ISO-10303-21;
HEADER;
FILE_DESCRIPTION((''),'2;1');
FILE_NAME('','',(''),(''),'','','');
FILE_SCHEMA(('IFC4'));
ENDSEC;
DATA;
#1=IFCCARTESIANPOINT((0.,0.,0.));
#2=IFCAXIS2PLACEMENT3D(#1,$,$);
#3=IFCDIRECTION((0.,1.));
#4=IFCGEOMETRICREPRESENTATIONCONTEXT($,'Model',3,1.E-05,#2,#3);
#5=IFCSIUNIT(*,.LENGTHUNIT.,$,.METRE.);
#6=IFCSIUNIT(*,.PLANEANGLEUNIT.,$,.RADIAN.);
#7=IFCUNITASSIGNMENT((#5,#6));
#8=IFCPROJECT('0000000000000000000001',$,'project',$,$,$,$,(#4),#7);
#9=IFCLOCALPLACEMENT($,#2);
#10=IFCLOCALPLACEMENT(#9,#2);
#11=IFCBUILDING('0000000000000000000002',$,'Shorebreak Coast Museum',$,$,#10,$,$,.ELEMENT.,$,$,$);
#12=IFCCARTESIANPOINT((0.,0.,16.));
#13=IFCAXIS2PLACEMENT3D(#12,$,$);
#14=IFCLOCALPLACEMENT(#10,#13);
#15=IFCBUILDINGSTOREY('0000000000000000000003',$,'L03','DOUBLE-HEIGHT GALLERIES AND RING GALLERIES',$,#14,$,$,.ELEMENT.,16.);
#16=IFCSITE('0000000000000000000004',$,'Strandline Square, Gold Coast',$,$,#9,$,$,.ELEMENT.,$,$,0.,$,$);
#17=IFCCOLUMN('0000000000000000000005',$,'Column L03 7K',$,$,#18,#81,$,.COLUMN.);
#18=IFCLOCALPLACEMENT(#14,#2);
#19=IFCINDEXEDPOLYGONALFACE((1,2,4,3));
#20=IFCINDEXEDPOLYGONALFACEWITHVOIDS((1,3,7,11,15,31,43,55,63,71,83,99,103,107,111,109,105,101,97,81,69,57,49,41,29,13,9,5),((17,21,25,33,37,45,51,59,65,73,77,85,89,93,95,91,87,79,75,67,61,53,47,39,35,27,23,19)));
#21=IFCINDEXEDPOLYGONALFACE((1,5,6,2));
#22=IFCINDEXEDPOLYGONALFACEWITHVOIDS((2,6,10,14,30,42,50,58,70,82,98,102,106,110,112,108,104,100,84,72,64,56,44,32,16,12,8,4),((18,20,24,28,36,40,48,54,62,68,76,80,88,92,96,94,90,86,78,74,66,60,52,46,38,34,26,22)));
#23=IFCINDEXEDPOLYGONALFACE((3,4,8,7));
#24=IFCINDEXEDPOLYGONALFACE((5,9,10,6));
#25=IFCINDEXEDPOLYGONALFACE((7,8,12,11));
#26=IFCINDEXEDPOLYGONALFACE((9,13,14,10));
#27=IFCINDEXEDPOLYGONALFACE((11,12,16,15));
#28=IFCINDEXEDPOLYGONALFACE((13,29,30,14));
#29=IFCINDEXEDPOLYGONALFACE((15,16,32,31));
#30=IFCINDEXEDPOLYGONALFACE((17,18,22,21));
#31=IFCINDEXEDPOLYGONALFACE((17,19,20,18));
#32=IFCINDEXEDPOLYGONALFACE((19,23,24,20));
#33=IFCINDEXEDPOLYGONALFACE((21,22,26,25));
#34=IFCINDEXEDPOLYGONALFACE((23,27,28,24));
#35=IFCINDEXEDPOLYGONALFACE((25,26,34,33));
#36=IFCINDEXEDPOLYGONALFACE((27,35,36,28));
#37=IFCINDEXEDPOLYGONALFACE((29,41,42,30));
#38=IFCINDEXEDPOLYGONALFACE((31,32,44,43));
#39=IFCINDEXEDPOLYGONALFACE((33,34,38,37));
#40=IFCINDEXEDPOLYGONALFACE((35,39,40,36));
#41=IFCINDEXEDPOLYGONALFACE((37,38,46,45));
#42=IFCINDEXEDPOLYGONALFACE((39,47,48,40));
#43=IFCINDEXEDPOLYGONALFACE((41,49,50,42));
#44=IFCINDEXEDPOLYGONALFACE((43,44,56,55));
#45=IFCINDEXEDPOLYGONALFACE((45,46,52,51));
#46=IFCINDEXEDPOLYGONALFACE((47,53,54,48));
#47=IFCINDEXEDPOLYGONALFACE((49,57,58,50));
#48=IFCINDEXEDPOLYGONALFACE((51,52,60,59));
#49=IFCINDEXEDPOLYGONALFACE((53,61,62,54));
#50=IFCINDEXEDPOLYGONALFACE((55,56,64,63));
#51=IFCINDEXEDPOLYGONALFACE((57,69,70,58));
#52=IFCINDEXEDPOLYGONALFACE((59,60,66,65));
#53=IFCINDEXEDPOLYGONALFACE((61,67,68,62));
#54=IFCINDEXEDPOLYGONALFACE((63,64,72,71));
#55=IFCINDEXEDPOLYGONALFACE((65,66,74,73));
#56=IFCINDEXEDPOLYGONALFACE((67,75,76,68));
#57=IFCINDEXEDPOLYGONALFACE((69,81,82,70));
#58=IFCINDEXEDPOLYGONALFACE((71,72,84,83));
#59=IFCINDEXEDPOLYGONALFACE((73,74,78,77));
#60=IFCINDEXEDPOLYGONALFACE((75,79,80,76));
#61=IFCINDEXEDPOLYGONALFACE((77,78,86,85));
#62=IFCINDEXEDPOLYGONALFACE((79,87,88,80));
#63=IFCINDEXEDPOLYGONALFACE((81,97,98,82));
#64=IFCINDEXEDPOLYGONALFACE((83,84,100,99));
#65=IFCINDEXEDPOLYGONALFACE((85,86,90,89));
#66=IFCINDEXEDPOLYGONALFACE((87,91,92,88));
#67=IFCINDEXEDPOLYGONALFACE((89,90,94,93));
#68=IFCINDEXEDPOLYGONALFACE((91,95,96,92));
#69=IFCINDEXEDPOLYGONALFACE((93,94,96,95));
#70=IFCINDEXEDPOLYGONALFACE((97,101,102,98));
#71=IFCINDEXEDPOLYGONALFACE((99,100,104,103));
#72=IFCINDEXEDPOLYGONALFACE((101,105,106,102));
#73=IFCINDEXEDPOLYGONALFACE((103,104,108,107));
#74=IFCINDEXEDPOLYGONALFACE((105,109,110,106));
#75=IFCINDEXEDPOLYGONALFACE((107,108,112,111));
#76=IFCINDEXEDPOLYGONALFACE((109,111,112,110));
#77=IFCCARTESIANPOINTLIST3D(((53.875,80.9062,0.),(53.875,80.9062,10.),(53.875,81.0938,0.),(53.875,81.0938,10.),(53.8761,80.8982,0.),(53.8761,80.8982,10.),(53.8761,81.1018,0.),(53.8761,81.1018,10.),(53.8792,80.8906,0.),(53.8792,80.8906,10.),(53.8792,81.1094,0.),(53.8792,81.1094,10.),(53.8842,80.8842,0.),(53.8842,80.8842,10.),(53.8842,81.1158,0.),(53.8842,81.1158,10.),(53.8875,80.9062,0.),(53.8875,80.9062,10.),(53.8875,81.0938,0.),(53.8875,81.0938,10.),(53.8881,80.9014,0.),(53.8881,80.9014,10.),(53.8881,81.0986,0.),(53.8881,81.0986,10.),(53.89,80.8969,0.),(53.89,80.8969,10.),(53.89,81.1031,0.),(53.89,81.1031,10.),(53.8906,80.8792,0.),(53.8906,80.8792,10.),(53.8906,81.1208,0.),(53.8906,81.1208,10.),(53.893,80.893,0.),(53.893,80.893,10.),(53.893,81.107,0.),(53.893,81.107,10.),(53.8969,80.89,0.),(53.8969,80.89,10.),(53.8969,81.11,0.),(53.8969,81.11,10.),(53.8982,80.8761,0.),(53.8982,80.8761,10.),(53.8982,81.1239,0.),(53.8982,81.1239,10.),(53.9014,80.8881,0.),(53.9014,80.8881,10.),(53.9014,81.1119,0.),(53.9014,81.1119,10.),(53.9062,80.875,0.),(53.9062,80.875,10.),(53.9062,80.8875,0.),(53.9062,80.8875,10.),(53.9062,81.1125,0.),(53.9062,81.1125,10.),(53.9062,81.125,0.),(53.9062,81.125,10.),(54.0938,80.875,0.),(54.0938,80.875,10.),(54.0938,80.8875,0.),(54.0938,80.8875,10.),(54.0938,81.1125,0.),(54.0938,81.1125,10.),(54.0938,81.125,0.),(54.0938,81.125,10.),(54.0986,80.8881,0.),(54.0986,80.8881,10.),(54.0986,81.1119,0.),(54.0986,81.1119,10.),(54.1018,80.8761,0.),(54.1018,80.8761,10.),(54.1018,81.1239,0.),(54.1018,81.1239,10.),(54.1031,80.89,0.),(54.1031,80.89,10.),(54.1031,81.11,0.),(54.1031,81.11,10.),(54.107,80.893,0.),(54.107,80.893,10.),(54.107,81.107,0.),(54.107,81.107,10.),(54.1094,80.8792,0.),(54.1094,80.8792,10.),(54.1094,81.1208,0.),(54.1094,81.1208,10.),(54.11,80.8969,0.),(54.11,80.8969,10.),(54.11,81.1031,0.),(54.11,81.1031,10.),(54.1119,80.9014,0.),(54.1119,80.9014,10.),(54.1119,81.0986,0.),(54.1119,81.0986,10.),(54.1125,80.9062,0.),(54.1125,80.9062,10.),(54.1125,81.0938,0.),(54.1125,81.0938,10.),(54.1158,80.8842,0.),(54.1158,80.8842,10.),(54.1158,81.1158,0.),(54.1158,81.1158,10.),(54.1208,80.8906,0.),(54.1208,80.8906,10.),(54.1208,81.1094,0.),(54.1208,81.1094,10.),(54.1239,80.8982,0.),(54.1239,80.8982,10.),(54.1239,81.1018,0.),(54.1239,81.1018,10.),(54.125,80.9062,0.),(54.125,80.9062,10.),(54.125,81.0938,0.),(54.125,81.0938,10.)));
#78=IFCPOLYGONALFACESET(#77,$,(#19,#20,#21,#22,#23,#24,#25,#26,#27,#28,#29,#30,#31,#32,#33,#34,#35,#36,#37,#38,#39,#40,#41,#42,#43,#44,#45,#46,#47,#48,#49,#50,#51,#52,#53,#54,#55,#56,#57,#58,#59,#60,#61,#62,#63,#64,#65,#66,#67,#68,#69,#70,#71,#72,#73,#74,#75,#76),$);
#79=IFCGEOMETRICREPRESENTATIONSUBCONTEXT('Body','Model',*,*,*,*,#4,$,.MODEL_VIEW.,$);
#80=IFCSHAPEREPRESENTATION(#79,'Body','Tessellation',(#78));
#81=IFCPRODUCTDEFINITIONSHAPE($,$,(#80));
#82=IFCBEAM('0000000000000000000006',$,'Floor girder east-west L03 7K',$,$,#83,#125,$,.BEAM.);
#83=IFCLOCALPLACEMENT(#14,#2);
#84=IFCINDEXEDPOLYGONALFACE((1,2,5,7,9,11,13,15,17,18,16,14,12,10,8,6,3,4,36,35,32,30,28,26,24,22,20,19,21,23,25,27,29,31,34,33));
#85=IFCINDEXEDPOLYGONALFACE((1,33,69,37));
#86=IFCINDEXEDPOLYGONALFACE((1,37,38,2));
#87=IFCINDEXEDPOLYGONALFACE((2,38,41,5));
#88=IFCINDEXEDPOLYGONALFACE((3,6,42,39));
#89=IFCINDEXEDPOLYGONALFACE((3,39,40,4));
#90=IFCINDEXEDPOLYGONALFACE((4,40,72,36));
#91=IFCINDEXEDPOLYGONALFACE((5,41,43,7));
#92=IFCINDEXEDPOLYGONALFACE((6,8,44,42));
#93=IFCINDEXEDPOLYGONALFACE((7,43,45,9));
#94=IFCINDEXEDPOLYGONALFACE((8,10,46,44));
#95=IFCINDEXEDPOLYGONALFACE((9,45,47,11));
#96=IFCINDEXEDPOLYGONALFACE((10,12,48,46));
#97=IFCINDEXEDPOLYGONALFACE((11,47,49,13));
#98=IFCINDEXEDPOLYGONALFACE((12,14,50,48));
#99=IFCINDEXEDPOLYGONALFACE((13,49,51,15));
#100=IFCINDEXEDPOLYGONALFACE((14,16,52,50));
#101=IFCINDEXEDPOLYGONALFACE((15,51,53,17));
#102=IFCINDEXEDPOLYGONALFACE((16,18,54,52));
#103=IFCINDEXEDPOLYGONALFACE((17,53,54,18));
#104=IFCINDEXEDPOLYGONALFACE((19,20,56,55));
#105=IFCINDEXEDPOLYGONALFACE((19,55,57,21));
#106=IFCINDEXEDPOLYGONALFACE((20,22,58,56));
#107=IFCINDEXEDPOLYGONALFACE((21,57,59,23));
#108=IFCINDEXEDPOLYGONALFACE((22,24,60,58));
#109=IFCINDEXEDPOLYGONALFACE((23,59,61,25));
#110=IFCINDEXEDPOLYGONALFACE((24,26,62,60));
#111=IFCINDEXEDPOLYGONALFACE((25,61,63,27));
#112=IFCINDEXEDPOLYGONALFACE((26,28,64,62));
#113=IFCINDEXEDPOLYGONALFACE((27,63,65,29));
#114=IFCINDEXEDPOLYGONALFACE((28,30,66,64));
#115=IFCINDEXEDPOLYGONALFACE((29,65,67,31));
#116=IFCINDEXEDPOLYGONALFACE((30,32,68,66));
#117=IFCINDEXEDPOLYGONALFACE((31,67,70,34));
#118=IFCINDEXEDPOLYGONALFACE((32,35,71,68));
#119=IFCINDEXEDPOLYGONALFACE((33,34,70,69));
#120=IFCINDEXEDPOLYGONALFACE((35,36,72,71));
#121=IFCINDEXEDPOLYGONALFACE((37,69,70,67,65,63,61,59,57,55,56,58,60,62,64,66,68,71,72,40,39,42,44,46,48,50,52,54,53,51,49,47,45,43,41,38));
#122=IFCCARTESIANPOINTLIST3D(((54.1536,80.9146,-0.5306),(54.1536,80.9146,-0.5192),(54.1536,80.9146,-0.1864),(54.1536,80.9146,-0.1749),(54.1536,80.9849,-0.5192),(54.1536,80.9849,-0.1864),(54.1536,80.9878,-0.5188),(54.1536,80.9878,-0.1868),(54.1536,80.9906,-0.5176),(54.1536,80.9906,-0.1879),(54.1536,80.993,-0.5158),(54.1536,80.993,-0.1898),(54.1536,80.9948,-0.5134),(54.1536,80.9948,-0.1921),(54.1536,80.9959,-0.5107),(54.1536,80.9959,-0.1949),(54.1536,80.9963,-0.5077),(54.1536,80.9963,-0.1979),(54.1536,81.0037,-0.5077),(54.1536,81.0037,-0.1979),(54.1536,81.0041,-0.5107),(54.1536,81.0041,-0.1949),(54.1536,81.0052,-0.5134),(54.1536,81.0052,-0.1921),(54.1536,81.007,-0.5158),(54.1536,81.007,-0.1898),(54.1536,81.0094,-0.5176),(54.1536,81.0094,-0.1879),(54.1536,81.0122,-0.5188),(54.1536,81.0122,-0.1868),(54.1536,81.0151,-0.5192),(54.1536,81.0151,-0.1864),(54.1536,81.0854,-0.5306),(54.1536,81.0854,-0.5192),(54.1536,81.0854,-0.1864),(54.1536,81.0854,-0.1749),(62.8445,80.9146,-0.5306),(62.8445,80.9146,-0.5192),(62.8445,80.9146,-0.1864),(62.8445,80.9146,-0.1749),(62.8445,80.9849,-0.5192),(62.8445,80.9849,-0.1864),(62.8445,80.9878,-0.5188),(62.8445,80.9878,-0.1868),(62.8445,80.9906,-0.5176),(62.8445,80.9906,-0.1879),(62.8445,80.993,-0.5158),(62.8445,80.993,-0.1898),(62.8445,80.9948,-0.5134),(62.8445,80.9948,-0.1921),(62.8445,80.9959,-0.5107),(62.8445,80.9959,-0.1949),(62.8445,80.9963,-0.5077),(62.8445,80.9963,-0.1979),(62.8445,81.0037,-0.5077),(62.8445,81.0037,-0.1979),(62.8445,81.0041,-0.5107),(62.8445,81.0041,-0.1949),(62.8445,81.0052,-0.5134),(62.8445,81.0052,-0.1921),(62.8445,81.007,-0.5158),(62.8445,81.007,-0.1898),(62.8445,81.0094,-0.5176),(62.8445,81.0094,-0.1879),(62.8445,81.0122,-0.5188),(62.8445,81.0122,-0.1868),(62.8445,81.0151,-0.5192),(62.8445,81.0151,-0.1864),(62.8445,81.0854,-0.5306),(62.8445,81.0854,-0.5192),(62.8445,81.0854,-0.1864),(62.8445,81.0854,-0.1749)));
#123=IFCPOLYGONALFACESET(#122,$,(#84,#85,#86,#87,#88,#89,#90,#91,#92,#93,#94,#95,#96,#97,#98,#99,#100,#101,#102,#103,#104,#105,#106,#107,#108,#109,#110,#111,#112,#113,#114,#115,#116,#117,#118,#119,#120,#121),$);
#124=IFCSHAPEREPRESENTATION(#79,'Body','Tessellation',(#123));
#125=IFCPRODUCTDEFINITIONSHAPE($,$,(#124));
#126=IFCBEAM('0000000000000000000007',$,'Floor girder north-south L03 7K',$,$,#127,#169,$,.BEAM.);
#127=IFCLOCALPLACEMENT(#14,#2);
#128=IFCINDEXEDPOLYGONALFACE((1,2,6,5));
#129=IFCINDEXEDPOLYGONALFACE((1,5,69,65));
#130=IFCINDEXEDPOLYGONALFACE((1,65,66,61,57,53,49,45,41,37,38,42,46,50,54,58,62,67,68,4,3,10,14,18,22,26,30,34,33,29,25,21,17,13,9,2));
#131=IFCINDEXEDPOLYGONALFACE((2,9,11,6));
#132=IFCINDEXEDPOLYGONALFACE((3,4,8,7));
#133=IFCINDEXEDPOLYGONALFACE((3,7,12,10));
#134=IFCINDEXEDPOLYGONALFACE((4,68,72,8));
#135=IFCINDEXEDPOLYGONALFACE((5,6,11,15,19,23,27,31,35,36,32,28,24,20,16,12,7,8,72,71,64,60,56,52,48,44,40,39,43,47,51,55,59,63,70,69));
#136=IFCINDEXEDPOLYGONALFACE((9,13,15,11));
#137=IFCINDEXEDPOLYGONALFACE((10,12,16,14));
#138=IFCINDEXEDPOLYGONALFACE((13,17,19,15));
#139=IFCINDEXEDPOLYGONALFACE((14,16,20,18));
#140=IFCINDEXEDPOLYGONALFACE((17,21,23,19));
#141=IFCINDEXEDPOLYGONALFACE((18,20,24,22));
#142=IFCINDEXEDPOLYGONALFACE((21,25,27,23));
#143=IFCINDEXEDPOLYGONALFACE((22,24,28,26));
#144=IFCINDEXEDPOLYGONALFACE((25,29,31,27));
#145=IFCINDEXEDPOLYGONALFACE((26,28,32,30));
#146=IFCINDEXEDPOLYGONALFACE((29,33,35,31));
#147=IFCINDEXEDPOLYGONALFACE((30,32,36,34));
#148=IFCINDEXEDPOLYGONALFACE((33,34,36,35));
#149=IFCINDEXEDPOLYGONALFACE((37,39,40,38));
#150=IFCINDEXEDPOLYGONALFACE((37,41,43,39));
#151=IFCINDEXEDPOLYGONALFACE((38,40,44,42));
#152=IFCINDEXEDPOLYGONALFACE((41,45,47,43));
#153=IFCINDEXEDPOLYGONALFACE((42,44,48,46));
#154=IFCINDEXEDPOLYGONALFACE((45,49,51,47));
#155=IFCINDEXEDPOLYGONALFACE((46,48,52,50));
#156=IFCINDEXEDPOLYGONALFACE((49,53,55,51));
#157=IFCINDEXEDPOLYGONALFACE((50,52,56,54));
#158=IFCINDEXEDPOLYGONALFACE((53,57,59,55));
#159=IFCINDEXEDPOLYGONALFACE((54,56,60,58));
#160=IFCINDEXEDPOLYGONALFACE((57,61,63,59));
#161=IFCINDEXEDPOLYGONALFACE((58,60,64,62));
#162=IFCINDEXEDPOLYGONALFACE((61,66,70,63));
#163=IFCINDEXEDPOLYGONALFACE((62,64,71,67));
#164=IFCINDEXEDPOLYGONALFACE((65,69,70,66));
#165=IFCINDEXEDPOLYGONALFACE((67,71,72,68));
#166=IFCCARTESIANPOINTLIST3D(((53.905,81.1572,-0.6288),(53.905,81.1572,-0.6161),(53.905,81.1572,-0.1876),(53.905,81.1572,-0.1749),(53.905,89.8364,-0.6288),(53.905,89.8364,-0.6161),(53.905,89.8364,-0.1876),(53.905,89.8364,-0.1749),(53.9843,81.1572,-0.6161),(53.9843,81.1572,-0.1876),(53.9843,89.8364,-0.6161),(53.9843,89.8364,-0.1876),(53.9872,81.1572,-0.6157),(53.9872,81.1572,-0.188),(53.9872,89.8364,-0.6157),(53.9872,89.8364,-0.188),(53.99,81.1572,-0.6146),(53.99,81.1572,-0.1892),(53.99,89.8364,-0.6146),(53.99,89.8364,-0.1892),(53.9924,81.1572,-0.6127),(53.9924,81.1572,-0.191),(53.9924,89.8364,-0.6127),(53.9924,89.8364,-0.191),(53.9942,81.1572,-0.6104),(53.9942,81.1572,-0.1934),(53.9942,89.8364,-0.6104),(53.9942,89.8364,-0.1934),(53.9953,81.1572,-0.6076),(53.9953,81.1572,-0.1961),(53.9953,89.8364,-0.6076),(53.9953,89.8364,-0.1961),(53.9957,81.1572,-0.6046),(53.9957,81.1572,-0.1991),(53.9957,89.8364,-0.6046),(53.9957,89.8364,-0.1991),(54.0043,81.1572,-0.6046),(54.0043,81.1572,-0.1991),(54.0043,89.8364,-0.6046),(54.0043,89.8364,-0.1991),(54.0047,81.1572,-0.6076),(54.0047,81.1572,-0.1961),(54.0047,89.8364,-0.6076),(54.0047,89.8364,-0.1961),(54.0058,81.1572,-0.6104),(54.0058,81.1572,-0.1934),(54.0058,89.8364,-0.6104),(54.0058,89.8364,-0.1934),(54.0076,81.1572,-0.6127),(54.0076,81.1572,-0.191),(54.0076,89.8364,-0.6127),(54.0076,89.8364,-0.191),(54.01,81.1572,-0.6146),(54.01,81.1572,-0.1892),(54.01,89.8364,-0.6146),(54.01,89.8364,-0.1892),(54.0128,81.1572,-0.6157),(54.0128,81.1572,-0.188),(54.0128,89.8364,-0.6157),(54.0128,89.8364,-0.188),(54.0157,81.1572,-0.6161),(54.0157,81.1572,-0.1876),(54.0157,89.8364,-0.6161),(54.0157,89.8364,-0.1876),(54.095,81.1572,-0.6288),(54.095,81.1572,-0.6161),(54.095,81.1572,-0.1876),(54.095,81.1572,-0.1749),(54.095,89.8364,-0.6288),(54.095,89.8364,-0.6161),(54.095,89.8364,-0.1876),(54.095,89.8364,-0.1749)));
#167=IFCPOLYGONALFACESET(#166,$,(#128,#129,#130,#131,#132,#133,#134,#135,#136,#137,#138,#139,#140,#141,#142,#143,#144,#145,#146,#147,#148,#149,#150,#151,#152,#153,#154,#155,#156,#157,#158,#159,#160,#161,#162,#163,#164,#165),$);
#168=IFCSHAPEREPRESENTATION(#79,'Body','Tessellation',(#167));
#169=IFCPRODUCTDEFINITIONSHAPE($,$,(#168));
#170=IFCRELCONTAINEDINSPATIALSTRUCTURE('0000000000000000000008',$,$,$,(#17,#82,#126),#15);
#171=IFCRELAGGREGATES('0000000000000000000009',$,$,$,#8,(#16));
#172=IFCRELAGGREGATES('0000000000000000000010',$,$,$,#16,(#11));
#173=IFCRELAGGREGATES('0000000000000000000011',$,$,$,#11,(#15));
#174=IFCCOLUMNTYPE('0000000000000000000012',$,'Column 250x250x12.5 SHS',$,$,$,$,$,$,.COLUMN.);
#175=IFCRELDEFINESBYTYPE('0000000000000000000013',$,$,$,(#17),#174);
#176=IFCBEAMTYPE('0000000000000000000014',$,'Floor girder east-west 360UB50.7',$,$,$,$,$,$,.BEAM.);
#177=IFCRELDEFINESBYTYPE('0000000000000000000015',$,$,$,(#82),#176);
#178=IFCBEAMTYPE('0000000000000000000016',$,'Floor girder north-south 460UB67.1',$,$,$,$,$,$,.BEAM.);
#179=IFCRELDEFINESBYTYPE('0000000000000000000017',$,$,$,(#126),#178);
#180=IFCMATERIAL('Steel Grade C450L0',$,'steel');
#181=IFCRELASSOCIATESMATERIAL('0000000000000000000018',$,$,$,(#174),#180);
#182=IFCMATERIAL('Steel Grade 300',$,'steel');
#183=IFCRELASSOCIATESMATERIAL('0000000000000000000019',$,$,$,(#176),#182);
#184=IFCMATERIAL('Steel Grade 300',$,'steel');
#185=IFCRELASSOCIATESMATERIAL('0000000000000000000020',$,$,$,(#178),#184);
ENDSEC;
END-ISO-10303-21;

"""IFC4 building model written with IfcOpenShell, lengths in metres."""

from ifc_helpers import new_model, si_unit, direction, frame, origin, origin_2d, place, context, subcontext, project, spatial, hollow_rectangle, i_section, extrude, material, material_profile, profile_set, type_object, element, save


model = new_model("IFC4")

# Units and contexts
model_context = context("Model", 3, precision=1e-05, world=origin(), true_north=direction((0.0, 1.0)))
body_context = subcontext(model_context, "Body", "Model", "MODEL_VIEW")
ifc_project = project(units=[si_unit("LENGTHUNIT", "METRE"), si_unit("PLANEANGLEUNIT", "RADIAN")], contexts=[model_context])

# Site, building, storey
site_placement = place(None, origin())
site = spatial("IfcSite", under=ifc_project, at=site_placement, Name="Strandline Square, Gold Coast", CompositionType="ELEMENT", RefElevation=0.0)
building_placement = place(site_placement, origin())
building = spatial("IfcBuilding", under=site, at=building_placement, Name="Shorebreak Coast Museum", CompositionType="ELEMENT")
storey_placement = place(building_placement, frame((0.0, 0.0, 16.0)))
storey = spatial("IfcBuildingStorey", under=building, at=storey_placement, Name="L03", Description="DOUBLE-HEIGHT GALLERIES AND RING GALLERIES", CompositionType="ELEMENT", Elevation=16.0)

# Column
ifc_material_1 = material(Name="Steel Grade C450L0", Category="steel")
ifc_material_profile_1 = material_profile(ifc_material_1, hollow_rectangle(XDim=0.25, YDim=0.25, WallThickness=0.0125, InnerFilletRadius=0.0188, OuterFilletRadius=0.0312, at=origin_2d()), Name="250x250x12.5 SHS")
ifc_profile_set_1 = profile_set([ifc_material_profile_1], Name="Steel Grade C450L0")
column_type = type_object("IfcColumnType", Name="Column 250x250x12.5 SHS", PredefinedType="COLUMN", material=ifc_profile_set_1)
column_placement = place(storey_placement, frame((54.0, 81.0, 0.0), z_axis=(0.0, 0.0, 1.0), x_axis=(1.0, 0.0, 0.0)))
element("IfcColumn", 1, at=column_placement, inside=storey, type_object=column_type, Name="Column L03 7K", PredefinedType="COLUMN", context=body_context, shape_type="SweptSolid", body=[
    extrude(hollow_rectangle(XDim=0.25, YDim=0.25, WallThickness=0.0125, InnerFilletRadius=0.0188, OuterFilletRadius=0.0312, at=origin_2d()), origin(), (0.0, 0.0, 1.0), 10.0),
])

# Beams
ifc_material_2 = material(Name="Steel Grade 300", Category="steel")
ifc_material_profile_2 = material_profile(ifc_material_2, i_section(OverallWidth=0.1709, OverallDepth=0.3557, WebThickness=0.0073, FlangeThickness=0.0115, FilletRadius=0.0115, at=origin_2d()), Name="360UB50.7")
ifc_profile_set_2 = profile_set([ifc_material_profile_2], Name="Steel Grade 300")
beam_type_1 = type_object("IfcBeamType", Name="Floor girder east-west 360UB50.7", PredefinedType="BEAM", material=ifc_profile_set_2)
beam_1_placement = place(storey_placement, frame((54.1536, 81.0, -0.3528), z_axis=(1.0, 0.0, 0.0), x_axis=(0.0, 1.0, 0.0)))
element("IfcBeam", 2, at=beam_1_placement, inside=storey, type_object=beam_type_1, Name="Floor girder east-west L03 7K", PredefinedType="BEAM", context=body_context, shape_type="SweptSolid", body=[
    extrude(i_section(OverallWidth=0.1709, OverallDepth=0.3557, WebThickness=0.0073, FlangeThickness=0.0115, FilletRadius=0.0115, at=origin_2d()), origin(), (0.0, 0.0, 1.0), 8.6909),
])
ifc_material_3 = material(Name="Steel Grade 300", Category="steel")
ifc_material_profile_3 = material_profile(ifc_material_3, i_section(OverallWidth=0.1899, OverallDepth=0.4539, WebThickness=0.0085, FlangeThickness=0.0127, FilletRadius=0.0115, at=origin_2d()), Name="460UB67.1")
ifc_profile_set_3 = profile_set([ifc_material_profile_3], Name="Steel Grade 300")
beam_type_2 = type_object("IfcBeamType", Name="Floor girder north-south 460UB67.1", PredefinedType="BEAM", material=ifc_profile_set_3)
beam_2_placement = place(storey_placement, frame((54.0, 81.1572, -0.4019), z_axis=(0.0, 1.0, 0.0), x_axis=(-1.0, 0.0, 0.0)))
element("IfcBeam", 3, at=beam_2_placement, inside=storey, type_object=beam_type_2, Name="Floor girder north-south L03 7K", PredefinedType="BEAM", context=body_context, shape_type="SweptSolid", body=[
    extrude(i_section(OverallWidth=0.1899, OverallDepth=0.4539, WebThickness=0.0085, FlangeThickness=0.0127, FilletRadius=0.0115, at=origin_2d()), origin(), (0.0, 0.0, 1.0), 8.6792),
])

save(model, "model.ifc")
